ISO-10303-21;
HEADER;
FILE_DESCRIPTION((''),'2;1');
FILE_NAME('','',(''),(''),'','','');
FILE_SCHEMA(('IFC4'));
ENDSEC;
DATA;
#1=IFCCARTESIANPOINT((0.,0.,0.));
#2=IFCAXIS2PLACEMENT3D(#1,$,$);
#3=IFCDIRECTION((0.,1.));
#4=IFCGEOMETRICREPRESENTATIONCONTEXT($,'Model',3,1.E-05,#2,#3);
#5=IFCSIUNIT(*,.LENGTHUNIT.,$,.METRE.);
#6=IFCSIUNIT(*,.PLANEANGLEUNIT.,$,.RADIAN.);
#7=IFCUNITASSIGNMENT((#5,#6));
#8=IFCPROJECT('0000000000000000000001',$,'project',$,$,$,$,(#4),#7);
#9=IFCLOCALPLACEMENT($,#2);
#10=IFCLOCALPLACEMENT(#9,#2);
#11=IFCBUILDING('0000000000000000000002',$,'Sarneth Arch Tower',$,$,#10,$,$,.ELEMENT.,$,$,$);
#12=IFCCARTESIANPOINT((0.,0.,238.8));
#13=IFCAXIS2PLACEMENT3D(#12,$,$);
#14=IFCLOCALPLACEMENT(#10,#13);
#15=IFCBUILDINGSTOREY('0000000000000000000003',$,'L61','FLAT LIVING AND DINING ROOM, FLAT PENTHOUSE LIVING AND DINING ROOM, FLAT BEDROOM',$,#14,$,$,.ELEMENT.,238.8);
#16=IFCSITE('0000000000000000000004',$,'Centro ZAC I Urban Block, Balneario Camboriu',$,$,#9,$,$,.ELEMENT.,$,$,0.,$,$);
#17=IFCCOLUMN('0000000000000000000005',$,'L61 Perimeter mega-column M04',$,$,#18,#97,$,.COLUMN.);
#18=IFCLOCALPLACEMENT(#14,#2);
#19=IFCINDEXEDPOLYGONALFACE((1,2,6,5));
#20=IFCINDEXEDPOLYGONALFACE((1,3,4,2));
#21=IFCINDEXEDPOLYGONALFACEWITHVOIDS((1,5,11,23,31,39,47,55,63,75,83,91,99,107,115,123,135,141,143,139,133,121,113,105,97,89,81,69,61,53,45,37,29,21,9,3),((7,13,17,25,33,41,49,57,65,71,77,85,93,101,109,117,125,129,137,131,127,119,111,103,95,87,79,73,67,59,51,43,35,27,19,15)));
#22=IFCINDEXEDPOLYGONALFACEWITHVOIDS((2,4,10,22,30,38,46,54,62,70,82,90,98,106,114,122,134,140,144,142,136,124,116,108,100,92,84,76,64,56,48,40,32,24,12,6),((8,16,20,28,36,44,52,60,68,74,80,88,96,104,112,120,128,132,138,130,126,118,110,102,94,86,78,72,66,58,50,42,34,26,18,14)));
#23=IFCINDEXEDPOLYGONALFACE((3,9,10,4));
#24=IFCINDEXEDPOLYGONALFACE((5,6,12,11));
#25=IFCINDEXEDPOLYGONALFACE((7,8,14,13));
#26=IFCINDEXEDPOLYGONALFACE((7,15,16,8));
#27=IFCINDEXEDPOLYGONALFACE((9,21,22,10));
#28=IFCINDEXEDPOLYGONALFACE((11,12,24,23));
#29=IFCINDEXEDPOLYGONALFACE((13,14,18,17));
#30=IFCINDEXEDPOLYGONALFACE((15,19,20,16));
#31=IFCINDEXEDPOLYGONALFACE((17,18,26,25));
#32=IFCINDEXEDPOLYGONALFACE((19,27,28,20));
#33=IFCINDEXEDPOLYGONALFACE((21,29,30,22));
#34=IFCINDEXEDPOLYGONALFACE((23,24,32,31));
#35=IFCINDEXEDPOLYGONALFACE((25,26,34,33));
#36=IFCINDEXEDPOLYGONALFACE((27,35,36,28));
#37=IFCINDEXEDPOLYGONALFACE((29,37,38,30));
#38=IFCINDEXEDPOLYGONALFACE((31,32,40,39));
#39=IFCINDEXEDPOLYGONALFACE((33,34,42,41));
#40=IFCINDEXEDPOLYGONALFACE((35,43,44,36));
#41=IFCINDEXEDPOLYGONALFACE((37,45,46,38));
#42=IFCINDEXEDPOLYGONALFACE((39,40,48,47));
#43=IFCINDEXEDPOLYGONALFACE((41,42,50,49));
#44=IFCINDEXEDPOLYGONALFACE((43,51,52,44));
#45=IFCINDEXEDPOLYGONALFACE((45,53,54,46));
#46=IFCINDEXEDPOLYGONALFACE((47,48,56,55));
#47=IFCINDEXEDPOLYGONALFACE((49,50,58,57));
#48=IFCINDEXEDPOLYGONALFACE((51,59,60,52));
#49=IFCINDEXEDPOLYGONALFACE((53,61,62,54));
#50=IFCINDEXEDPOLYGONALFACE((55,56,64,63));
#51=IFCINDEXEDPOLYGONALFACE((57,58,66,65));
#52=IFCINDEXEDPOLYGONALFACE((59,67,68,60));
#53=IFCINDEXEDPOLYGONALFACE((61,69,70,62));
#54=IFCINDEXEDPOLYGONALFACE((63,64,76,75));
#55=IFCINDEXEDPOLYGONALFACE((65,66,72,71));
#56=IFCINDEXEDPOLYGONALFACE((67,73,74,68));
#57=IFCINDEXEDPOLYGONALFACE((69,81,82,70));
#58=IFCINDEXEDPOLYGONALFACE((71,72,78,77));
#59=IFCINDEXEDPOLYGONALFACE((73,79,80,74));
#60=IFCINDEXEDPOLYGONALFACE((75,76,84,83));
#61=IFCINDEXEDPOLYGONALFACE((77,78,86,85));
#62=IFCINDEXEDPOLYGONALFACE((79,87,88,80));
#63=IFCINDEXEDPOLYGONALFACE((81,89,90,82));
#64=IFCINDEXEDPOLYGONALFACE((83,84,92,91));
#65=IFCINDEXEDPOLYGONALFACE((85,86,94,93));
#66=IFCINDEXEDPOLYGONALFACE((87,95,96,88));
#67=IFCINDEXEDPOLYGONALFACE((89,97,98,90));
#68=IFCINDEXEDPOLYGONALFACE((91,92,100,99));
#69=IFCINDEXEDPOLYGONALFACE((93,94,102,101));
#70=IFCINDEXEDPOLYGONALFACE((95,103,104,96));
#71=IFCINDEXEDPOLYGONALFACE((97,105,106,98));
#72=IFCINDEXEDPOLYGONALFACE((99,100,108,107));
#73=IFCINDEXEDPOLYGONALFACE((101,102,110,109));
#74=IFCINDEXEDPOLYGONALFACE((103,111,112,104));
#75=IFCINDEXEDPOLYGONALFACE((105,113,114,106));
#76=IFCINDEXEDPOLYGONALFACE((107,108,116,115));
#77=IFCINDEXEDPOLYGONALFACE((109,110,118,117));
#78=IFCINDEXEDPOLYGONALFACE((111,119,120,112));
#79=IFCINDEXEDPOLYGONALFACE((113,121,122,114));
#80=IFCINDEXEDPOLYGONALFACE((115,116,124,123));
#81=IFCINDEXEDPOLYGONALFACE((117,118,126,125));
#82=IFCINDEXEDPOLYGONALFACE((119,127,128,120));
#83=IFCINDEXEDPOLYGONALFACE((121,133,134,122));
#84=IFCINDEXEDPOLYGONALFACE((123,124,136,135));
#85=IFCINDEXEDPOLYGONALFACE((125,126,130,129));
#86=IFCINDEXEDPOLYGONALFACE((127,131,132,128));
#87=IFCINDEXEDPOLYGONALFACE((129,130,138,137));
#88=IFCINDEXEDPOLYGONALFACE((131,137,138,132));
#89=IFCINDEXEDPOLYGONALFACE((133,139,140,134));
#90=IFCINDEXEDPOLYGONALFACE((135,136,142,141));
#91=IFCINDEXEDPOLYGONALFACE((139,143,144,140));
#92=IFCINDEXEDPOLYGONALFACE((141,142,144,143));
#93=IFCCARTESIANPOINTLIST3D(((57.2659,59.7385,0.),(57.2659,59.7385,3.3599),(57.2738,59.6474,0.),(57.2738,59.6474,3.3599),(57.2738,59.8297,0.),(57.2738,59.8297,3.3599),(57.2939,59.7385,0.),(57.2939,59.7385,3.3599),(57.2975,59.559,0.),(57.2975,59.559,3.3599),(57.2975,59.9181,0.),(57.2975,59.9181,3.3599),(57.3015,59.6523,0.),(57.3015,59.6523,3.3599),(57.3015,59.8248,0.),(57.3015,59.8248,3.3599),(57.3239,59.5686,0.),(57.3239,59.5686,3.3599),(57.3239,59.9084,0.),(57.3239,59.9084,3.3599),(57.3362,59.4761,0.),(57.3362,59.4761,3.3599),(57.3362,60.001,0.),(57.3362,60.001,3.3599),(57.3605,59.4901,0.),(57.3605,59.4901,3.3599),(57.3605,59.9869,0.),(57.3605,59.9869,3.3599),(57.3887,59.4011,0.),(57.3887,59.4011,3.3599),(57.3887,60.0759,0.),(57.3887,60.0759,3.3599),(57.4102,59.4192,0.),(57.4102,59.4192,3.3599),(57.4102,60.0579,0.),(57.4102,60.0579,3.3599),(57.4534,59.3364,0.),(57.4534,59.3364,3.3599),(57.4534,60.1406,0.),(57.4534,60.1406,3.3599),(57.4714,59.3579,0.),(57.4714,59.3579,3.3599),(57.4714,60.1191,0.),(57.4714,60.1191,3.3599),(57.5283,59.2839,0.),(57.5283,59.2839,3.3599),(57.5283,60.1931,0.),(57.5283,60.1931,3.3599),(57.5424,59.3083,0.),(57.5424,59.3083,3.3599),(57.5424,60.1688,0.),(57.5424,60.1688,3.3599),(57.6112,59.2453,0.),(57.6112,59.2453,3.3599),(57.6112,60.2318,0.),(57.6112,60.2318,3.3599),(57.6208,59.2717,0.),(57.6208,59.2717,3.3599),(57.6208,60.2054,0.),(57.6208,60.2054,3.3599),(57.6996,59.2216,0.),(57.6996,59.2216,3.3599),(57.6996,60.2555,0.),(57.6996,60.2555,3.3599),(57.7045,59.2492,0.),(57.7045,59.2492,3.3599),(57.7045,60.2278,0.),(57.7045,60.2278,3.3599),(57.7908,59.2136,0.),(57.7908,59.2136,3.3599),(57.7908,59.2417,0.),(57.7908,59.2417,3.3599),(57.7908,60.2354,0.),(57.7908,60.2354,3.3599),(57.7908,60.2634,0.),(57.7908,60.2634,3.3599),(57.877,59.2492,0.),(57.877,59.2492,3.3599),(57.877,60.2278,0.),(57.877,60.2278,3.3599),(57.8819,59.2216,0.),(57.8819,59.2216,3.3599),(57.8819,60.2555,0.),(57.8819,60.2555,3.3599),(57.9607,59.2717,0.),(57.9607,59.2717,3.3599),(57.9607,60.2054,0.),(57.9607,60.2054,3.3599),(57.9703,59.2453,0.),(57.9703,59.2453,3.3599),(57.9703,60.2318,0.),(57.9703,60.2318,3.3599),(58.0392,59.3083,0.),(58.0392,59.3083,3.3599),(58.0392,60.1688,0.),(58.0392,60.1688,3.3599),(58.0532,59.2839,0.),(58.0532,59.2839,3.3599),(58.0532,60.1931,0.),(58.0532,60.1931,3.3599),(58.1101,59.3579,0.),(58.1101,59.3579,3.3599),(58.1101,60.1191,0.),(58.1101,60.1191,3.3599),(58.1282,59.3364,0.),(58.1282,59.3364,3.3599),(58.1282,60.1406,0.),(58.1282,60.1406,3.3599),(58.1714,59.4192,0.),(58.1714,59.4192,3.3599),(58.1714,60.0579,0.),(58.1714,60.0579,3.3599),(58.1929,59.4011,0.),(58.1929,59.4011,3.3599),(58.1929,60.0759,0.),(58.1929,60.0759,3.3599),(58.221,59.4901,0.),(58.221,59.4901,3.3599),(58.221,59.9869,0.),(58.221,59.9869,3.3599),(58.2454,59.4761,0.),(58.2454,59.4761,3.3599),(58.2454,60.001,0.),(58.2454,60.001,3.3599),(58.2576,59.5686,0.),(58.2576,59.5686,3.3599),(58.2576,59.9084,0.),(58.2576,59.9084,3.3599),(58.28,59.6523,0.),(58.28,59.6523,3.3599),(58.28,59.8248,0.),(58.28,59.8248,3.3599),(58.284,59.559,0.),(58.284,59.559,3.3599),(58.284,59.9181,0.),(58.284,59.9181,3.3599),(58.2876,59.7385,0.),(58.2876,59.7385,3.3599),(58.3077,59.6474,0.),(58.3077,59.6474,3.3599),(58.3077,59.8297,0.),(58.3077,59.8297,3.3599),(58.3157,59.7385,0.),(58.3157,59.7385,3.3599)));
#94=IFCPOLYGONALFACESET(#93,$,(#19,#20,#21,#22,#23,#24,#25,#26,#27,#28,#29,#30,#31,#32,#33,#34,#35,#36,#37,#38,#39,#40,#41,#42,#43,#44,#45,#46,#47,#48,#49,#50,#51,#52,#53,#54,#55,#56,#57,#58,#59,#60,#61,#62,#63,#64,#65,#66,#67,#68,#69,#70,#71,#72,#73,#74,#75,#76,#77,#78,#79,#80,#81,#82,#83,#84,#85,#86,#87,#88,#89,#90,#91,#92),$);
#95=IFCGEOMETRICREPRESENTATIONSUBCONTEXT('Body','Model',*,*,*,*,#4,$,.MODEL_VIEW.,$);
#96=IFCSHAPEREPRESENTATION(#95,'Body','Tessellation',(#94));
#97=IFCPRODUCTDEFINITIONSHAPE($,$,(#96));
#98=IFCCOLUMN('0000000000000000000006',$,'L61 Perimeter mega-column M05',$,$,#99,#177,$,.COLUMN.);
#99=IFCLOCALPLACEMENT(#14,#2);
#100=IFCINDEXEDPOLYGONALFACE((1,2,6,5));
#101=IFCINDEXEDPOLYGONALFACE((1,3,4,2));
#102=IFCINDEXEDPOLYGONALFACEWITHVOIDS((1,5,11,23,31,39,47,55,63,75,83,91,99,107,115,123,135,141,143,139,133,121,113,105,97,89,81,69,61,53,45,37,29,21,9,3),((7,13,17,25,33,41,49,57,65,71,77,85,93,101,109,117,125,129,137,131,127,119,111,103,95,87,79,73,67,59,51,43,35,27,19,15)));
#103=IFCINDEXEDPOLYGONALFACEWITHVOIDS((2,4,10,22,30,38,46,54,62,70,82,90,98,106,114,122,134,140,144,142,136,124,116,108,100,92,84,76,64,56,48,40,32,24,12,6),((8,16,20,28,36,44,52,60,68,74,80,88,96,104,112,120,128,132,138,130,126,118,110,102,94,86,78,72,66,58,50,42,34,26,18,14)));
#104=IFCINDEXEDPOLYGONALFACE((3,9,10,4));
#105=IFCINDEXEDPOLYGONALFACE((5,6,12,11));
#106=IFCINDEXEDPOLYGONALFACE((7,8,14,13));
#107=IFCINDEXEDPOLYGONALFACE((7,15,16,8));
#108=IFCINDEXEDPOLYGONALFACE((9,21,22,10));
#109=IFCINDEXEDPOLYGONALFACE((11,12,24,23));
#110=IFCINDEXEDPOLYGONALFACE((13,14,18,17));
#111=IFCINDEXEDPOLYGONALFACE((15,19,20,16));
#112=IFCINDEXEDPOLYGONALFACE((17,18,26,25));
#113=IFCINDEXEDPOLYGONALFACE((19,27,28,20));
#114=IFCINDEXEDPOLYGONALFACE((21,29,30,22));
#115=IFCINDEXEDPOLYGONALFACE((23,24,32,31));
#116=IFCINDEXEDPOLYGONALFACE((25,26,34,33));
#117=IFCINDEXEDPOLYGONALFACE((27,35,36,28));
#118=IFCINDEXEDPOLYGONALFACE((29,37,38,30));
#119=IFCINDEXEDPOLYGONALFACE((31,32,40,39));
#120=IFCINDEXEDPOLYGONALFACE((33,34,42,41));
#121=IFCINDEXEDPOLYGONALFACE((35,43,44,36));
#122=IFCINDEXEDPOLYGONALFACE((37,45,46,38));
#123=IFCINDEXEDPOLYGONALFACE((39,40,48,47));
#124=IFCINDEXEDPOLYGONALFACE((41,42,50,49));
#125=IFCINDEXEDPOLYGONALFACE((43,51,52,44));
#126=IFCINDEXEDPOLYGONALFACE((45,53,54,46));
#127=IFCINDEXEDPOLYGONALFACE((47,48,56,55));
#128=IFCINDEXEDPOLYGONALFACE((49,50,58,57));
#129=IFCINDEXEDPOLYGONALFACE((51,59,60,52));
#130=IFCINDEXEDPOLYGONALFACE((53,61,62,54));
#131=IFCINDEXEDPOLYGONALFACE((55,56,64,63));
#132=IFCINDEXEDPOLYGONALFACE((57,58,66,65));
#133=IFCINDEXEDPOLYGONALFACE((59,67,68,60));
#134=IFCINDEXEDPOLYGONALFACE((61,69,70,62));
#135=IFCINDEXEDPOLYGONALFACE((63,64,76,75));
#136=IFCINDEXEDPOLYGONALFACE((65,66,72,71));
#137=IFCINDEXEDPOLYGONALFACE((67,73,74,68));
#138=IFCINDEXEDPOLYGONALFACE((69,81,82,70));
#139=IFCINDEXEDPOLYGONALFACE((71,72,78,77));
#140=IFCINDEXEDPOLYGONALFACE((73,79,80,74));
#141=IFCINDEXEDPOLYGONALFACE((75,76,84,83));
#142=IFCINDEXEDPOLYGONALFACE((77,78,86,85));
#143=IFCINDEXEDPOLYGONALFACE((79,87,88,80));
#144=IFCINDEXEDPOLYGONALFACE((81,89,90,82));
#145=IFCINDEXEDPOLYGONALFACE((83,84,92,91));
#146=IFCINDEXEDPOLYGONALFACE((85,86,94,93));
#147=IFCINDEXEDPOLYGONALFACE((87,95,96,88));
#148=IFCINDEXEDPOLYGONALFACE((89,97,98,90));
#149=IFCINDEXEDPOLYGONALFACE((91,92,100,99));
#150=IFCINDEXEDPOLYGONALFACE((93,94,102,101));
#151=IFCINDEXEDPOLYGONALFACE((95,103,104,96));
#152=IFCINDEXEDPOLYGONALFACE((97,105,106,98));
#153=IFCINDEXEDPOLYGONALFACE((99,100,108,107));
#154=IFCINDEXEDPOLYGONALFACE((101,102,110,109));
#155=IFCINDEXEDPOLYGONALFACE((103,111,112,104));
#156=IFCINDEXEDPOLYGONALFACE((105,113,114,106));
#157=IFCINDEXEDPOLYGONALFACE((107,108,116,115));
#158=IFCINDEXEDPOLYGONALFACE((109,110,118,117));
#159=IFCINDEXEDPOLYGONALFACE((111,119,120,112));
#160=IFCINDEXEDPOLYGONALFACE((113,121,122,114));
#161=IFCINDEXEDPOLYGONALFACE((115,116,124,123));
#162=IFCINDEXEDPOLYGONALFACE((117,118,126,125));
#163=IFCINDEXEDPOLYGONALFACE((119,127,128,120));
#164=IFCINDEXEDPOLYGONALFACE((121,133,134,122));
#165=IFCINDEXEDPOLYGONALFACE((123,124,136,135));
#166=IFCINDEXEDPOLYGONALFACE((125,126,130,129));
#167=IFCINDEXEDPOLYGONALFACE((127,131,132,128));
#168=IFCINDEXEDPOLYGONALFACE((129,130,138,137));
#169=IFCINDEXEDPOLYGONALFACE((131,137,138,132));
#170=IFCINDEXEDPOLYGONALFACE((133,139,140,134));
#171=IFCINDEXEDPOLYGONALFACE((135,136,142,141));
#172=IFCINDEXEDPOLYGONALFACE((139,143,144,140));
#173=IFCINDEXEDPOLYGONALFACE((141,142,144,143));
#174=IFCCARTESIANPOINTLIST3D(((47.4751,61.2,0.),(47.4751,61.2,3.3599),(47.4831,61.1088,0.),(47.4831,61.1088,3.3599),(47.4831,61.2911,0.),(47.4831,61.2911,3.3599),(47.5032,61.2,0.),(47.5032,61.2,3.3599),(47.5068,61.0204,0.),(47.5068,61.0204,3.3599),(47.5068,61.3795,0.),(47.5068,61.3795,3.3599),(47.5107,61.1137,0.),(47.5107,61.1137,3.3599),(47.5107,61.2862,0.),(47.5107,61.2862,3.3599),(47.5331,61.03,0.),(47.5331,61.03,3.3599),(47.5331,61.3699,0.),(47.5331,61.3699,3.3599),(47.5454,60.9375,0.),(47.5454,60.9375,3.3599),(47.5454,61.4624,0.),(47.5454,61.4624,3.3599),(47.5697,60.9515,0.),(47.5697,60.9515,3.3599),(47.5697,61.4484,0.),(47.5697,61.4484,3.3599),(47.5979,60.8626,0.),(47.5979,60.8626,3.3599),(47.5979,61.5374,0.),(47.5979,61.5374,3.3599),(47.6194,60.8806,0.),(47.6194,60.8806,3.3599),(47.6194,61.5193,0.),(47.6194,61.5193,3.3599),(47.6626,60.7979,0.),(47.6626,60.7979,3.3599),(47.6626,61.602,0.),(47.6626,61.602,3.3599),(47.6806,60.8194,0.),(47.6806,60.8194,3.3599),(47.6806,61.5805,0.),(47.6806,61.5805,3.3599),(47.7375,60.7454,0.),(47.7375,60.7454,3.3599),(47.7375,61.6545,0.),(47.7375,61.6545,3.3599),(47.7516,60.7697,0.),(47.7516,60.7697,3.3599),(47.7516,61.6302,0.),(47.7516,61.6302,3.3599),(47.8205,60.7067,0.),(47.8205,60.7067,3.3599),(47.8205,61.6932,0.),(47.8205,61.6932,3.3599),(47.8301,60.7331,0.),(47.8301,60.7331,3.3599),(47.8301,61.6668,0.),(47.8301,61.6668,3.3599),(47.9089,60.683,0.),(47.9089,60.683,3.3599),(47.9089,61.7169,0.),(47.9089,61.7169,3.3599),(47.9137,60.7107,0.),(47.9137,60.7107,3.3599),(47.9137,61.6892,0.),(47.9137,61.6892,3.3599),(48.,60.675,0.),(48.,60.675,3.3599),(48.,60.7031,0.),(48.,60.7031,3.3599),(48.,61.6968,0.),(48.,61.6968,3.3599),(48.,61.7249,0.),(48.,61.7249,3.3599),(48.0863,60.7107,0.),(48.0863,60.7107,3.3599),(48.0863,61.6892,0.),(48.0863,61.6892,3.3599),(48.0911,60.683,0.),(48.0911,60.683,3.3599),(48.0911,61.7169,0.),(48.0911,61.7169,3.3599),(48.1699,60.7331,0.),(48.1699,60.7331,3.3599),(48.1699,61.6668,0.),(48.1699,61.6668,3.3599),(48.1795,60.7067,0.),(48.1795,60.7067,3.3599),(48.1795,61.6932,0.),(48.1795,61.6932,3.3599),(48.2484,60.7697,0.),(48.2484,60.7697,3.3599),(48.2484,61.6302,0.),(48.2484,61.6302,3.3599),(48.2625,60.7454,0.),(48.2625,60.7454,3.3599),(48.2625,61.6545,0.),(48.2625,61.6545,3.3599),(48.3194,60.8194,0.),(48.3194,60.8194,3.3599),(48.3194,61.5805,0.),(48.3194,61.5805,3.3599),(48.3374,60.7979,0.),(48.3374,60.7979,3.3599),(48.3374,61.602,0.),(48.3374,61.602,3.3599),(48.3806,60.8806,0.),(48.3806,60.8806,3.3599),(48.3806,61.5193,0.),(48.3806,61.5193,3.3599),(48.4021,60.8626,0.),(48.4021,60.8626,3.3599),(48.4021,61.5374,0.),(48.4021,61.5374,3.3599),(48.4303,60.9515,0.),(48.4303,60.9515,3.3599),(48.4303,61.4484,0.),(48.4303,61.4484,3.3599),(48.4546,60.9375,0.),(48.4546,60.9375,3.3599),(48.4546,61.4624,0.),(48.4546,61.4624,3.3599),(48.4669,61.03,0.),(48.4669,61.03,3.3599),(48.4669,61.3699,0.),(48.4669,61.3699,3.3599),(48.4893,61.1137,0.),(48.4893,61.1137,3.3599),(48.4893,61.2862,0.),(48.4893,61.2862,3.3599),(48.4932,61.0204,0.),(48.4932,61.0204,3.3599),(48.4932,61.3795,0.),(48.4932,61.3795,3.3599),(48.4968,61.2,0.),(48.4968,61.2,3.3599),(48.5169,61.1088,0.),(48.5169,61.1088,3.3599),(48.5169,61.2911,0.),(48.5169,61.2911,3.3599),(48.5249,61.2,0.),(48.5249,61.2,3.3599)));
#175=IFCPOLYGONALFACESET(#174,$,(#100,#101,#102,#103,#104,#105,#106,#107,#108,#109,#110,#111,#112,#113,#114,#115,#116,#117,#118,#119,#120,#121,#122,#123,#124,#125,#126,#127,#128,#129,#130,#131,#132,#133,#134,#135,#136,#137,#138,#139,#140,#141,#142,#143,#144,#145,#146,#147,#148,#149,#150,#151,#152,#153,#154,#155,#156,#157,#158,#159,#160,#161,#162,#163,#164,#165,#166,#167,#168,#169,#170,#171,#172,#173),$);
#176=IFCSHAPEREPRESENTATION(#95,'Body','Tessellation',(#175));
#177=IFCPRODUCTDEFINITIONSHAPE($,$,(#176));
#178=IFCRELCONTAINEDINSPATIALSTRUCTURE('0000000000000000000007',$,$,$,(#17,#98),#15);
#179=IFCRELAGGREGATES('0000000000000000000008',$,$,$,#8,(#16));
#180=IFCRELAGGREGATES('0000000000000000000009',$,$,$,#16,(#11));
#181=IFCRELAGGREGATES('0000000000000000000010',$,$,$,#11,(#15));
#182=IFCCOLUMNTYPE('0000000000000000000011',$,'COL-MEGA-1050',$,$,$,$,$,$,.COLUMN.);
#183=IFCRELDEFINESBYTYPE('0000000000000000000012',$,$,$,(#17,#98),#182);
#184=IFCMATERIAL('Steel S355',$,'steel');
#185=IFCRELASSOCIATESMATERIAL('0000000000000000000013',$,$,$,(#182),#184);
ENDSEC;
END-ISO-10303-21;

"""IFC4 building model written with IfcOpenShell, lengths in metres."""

from ifc_helpers import new_model, si_unit, direction, frame, origin, origin_2d, place, context, subcontext, project, spatial, hollow_circle, extrude, material, material_profile, profile_set, type_object, element, save


model = new_model("IFC4")

# Units and contexts
model_context = context("Model", 3, precision=1e-05, world=origin(), true_north=direction((0.0, 1.0)))
body_context = subcontext(model_context, "Body", "Model", "MODEL_VIEW")
ifc_project = project(units=[si_unit("LENGTHUNIT", "METRE"), si_unit("PLANEANGLEUNIT", "RADIAN")], contexts=[model_context])

# Site, building, storey
site_placement = place(None, origin())
site = spatial("IfcSite", under=ifc_project, at=site_placement, Name="Centro ZAC I Urban Block, Balneario Camboriu", CompositionType="ELEMENT", RefElevation=0.0)
building_placement = place(site_placement, origin())
building = spatial("IfcBuilding", under=site, at=building_placement, Name="Sarneth Arch Tower", CompositionType="ELEMENT")
storey_placement = place(building_placement, frame((0.0, 0.0, 238.8)))
storey = spatial("IfcBuildingStorey", under=building, at=storey_placement, Name="L61", Description="FLAT LIVING AND DINING ROOM, FLAT PENTHOUSE LIVING AND DINING ROOM, FLAT BEDROOM", CompositionType="ELEMENT", Elevation=238.8)

# Columns
ifc_material_1 = material(Name="Steel S355", Category="steel")
ifc_material_profile_1 = material_profile(ifc_material_1, hollow_circle(Radius=0.5249, WallThickness=0.0281, at=origin_2d()), Name="CHS1050x28")
ifc_profile_set_1 = profile_set([ifc_material_profile_1], Name="Steel S355")
column_type = type_object("IfcColumnType", Name="COL-MEGA-1050", PredefinedType="COLUMN", material=ifc_profile_set_1)
for number, where, z_axis, x_axis, name in (
    (1, (57.7908, 59.7385, 0.0), (0.0, 0.0, 1.0), (1.0, 0.0, 0.0), "L61 Perimeter mega-column M04"),
    (2, (48.0, 61.2, 0.0), (0.0, 0.0, 1.0), (1.0, 0.0, 0.0), "L61 Perimeter mega-column M05"),
):
    element("IfcColumn", number, at=place(storey_placement, frame(where, z_axis=z_axis, x_axis=x_axis)), inside=storey, type_object=column_type, Name=name, PredefinedType="COLUMN", context=body_context, shape_type="SweptSolid", body=[
        extrude(hollow_circle(Radius=0.5249, WallThickness=0.0281, at=origin_2d()), origin(), (0.0, 0.0, 1.0), 3.3599),
    ])

save(model, "model.ifc")
